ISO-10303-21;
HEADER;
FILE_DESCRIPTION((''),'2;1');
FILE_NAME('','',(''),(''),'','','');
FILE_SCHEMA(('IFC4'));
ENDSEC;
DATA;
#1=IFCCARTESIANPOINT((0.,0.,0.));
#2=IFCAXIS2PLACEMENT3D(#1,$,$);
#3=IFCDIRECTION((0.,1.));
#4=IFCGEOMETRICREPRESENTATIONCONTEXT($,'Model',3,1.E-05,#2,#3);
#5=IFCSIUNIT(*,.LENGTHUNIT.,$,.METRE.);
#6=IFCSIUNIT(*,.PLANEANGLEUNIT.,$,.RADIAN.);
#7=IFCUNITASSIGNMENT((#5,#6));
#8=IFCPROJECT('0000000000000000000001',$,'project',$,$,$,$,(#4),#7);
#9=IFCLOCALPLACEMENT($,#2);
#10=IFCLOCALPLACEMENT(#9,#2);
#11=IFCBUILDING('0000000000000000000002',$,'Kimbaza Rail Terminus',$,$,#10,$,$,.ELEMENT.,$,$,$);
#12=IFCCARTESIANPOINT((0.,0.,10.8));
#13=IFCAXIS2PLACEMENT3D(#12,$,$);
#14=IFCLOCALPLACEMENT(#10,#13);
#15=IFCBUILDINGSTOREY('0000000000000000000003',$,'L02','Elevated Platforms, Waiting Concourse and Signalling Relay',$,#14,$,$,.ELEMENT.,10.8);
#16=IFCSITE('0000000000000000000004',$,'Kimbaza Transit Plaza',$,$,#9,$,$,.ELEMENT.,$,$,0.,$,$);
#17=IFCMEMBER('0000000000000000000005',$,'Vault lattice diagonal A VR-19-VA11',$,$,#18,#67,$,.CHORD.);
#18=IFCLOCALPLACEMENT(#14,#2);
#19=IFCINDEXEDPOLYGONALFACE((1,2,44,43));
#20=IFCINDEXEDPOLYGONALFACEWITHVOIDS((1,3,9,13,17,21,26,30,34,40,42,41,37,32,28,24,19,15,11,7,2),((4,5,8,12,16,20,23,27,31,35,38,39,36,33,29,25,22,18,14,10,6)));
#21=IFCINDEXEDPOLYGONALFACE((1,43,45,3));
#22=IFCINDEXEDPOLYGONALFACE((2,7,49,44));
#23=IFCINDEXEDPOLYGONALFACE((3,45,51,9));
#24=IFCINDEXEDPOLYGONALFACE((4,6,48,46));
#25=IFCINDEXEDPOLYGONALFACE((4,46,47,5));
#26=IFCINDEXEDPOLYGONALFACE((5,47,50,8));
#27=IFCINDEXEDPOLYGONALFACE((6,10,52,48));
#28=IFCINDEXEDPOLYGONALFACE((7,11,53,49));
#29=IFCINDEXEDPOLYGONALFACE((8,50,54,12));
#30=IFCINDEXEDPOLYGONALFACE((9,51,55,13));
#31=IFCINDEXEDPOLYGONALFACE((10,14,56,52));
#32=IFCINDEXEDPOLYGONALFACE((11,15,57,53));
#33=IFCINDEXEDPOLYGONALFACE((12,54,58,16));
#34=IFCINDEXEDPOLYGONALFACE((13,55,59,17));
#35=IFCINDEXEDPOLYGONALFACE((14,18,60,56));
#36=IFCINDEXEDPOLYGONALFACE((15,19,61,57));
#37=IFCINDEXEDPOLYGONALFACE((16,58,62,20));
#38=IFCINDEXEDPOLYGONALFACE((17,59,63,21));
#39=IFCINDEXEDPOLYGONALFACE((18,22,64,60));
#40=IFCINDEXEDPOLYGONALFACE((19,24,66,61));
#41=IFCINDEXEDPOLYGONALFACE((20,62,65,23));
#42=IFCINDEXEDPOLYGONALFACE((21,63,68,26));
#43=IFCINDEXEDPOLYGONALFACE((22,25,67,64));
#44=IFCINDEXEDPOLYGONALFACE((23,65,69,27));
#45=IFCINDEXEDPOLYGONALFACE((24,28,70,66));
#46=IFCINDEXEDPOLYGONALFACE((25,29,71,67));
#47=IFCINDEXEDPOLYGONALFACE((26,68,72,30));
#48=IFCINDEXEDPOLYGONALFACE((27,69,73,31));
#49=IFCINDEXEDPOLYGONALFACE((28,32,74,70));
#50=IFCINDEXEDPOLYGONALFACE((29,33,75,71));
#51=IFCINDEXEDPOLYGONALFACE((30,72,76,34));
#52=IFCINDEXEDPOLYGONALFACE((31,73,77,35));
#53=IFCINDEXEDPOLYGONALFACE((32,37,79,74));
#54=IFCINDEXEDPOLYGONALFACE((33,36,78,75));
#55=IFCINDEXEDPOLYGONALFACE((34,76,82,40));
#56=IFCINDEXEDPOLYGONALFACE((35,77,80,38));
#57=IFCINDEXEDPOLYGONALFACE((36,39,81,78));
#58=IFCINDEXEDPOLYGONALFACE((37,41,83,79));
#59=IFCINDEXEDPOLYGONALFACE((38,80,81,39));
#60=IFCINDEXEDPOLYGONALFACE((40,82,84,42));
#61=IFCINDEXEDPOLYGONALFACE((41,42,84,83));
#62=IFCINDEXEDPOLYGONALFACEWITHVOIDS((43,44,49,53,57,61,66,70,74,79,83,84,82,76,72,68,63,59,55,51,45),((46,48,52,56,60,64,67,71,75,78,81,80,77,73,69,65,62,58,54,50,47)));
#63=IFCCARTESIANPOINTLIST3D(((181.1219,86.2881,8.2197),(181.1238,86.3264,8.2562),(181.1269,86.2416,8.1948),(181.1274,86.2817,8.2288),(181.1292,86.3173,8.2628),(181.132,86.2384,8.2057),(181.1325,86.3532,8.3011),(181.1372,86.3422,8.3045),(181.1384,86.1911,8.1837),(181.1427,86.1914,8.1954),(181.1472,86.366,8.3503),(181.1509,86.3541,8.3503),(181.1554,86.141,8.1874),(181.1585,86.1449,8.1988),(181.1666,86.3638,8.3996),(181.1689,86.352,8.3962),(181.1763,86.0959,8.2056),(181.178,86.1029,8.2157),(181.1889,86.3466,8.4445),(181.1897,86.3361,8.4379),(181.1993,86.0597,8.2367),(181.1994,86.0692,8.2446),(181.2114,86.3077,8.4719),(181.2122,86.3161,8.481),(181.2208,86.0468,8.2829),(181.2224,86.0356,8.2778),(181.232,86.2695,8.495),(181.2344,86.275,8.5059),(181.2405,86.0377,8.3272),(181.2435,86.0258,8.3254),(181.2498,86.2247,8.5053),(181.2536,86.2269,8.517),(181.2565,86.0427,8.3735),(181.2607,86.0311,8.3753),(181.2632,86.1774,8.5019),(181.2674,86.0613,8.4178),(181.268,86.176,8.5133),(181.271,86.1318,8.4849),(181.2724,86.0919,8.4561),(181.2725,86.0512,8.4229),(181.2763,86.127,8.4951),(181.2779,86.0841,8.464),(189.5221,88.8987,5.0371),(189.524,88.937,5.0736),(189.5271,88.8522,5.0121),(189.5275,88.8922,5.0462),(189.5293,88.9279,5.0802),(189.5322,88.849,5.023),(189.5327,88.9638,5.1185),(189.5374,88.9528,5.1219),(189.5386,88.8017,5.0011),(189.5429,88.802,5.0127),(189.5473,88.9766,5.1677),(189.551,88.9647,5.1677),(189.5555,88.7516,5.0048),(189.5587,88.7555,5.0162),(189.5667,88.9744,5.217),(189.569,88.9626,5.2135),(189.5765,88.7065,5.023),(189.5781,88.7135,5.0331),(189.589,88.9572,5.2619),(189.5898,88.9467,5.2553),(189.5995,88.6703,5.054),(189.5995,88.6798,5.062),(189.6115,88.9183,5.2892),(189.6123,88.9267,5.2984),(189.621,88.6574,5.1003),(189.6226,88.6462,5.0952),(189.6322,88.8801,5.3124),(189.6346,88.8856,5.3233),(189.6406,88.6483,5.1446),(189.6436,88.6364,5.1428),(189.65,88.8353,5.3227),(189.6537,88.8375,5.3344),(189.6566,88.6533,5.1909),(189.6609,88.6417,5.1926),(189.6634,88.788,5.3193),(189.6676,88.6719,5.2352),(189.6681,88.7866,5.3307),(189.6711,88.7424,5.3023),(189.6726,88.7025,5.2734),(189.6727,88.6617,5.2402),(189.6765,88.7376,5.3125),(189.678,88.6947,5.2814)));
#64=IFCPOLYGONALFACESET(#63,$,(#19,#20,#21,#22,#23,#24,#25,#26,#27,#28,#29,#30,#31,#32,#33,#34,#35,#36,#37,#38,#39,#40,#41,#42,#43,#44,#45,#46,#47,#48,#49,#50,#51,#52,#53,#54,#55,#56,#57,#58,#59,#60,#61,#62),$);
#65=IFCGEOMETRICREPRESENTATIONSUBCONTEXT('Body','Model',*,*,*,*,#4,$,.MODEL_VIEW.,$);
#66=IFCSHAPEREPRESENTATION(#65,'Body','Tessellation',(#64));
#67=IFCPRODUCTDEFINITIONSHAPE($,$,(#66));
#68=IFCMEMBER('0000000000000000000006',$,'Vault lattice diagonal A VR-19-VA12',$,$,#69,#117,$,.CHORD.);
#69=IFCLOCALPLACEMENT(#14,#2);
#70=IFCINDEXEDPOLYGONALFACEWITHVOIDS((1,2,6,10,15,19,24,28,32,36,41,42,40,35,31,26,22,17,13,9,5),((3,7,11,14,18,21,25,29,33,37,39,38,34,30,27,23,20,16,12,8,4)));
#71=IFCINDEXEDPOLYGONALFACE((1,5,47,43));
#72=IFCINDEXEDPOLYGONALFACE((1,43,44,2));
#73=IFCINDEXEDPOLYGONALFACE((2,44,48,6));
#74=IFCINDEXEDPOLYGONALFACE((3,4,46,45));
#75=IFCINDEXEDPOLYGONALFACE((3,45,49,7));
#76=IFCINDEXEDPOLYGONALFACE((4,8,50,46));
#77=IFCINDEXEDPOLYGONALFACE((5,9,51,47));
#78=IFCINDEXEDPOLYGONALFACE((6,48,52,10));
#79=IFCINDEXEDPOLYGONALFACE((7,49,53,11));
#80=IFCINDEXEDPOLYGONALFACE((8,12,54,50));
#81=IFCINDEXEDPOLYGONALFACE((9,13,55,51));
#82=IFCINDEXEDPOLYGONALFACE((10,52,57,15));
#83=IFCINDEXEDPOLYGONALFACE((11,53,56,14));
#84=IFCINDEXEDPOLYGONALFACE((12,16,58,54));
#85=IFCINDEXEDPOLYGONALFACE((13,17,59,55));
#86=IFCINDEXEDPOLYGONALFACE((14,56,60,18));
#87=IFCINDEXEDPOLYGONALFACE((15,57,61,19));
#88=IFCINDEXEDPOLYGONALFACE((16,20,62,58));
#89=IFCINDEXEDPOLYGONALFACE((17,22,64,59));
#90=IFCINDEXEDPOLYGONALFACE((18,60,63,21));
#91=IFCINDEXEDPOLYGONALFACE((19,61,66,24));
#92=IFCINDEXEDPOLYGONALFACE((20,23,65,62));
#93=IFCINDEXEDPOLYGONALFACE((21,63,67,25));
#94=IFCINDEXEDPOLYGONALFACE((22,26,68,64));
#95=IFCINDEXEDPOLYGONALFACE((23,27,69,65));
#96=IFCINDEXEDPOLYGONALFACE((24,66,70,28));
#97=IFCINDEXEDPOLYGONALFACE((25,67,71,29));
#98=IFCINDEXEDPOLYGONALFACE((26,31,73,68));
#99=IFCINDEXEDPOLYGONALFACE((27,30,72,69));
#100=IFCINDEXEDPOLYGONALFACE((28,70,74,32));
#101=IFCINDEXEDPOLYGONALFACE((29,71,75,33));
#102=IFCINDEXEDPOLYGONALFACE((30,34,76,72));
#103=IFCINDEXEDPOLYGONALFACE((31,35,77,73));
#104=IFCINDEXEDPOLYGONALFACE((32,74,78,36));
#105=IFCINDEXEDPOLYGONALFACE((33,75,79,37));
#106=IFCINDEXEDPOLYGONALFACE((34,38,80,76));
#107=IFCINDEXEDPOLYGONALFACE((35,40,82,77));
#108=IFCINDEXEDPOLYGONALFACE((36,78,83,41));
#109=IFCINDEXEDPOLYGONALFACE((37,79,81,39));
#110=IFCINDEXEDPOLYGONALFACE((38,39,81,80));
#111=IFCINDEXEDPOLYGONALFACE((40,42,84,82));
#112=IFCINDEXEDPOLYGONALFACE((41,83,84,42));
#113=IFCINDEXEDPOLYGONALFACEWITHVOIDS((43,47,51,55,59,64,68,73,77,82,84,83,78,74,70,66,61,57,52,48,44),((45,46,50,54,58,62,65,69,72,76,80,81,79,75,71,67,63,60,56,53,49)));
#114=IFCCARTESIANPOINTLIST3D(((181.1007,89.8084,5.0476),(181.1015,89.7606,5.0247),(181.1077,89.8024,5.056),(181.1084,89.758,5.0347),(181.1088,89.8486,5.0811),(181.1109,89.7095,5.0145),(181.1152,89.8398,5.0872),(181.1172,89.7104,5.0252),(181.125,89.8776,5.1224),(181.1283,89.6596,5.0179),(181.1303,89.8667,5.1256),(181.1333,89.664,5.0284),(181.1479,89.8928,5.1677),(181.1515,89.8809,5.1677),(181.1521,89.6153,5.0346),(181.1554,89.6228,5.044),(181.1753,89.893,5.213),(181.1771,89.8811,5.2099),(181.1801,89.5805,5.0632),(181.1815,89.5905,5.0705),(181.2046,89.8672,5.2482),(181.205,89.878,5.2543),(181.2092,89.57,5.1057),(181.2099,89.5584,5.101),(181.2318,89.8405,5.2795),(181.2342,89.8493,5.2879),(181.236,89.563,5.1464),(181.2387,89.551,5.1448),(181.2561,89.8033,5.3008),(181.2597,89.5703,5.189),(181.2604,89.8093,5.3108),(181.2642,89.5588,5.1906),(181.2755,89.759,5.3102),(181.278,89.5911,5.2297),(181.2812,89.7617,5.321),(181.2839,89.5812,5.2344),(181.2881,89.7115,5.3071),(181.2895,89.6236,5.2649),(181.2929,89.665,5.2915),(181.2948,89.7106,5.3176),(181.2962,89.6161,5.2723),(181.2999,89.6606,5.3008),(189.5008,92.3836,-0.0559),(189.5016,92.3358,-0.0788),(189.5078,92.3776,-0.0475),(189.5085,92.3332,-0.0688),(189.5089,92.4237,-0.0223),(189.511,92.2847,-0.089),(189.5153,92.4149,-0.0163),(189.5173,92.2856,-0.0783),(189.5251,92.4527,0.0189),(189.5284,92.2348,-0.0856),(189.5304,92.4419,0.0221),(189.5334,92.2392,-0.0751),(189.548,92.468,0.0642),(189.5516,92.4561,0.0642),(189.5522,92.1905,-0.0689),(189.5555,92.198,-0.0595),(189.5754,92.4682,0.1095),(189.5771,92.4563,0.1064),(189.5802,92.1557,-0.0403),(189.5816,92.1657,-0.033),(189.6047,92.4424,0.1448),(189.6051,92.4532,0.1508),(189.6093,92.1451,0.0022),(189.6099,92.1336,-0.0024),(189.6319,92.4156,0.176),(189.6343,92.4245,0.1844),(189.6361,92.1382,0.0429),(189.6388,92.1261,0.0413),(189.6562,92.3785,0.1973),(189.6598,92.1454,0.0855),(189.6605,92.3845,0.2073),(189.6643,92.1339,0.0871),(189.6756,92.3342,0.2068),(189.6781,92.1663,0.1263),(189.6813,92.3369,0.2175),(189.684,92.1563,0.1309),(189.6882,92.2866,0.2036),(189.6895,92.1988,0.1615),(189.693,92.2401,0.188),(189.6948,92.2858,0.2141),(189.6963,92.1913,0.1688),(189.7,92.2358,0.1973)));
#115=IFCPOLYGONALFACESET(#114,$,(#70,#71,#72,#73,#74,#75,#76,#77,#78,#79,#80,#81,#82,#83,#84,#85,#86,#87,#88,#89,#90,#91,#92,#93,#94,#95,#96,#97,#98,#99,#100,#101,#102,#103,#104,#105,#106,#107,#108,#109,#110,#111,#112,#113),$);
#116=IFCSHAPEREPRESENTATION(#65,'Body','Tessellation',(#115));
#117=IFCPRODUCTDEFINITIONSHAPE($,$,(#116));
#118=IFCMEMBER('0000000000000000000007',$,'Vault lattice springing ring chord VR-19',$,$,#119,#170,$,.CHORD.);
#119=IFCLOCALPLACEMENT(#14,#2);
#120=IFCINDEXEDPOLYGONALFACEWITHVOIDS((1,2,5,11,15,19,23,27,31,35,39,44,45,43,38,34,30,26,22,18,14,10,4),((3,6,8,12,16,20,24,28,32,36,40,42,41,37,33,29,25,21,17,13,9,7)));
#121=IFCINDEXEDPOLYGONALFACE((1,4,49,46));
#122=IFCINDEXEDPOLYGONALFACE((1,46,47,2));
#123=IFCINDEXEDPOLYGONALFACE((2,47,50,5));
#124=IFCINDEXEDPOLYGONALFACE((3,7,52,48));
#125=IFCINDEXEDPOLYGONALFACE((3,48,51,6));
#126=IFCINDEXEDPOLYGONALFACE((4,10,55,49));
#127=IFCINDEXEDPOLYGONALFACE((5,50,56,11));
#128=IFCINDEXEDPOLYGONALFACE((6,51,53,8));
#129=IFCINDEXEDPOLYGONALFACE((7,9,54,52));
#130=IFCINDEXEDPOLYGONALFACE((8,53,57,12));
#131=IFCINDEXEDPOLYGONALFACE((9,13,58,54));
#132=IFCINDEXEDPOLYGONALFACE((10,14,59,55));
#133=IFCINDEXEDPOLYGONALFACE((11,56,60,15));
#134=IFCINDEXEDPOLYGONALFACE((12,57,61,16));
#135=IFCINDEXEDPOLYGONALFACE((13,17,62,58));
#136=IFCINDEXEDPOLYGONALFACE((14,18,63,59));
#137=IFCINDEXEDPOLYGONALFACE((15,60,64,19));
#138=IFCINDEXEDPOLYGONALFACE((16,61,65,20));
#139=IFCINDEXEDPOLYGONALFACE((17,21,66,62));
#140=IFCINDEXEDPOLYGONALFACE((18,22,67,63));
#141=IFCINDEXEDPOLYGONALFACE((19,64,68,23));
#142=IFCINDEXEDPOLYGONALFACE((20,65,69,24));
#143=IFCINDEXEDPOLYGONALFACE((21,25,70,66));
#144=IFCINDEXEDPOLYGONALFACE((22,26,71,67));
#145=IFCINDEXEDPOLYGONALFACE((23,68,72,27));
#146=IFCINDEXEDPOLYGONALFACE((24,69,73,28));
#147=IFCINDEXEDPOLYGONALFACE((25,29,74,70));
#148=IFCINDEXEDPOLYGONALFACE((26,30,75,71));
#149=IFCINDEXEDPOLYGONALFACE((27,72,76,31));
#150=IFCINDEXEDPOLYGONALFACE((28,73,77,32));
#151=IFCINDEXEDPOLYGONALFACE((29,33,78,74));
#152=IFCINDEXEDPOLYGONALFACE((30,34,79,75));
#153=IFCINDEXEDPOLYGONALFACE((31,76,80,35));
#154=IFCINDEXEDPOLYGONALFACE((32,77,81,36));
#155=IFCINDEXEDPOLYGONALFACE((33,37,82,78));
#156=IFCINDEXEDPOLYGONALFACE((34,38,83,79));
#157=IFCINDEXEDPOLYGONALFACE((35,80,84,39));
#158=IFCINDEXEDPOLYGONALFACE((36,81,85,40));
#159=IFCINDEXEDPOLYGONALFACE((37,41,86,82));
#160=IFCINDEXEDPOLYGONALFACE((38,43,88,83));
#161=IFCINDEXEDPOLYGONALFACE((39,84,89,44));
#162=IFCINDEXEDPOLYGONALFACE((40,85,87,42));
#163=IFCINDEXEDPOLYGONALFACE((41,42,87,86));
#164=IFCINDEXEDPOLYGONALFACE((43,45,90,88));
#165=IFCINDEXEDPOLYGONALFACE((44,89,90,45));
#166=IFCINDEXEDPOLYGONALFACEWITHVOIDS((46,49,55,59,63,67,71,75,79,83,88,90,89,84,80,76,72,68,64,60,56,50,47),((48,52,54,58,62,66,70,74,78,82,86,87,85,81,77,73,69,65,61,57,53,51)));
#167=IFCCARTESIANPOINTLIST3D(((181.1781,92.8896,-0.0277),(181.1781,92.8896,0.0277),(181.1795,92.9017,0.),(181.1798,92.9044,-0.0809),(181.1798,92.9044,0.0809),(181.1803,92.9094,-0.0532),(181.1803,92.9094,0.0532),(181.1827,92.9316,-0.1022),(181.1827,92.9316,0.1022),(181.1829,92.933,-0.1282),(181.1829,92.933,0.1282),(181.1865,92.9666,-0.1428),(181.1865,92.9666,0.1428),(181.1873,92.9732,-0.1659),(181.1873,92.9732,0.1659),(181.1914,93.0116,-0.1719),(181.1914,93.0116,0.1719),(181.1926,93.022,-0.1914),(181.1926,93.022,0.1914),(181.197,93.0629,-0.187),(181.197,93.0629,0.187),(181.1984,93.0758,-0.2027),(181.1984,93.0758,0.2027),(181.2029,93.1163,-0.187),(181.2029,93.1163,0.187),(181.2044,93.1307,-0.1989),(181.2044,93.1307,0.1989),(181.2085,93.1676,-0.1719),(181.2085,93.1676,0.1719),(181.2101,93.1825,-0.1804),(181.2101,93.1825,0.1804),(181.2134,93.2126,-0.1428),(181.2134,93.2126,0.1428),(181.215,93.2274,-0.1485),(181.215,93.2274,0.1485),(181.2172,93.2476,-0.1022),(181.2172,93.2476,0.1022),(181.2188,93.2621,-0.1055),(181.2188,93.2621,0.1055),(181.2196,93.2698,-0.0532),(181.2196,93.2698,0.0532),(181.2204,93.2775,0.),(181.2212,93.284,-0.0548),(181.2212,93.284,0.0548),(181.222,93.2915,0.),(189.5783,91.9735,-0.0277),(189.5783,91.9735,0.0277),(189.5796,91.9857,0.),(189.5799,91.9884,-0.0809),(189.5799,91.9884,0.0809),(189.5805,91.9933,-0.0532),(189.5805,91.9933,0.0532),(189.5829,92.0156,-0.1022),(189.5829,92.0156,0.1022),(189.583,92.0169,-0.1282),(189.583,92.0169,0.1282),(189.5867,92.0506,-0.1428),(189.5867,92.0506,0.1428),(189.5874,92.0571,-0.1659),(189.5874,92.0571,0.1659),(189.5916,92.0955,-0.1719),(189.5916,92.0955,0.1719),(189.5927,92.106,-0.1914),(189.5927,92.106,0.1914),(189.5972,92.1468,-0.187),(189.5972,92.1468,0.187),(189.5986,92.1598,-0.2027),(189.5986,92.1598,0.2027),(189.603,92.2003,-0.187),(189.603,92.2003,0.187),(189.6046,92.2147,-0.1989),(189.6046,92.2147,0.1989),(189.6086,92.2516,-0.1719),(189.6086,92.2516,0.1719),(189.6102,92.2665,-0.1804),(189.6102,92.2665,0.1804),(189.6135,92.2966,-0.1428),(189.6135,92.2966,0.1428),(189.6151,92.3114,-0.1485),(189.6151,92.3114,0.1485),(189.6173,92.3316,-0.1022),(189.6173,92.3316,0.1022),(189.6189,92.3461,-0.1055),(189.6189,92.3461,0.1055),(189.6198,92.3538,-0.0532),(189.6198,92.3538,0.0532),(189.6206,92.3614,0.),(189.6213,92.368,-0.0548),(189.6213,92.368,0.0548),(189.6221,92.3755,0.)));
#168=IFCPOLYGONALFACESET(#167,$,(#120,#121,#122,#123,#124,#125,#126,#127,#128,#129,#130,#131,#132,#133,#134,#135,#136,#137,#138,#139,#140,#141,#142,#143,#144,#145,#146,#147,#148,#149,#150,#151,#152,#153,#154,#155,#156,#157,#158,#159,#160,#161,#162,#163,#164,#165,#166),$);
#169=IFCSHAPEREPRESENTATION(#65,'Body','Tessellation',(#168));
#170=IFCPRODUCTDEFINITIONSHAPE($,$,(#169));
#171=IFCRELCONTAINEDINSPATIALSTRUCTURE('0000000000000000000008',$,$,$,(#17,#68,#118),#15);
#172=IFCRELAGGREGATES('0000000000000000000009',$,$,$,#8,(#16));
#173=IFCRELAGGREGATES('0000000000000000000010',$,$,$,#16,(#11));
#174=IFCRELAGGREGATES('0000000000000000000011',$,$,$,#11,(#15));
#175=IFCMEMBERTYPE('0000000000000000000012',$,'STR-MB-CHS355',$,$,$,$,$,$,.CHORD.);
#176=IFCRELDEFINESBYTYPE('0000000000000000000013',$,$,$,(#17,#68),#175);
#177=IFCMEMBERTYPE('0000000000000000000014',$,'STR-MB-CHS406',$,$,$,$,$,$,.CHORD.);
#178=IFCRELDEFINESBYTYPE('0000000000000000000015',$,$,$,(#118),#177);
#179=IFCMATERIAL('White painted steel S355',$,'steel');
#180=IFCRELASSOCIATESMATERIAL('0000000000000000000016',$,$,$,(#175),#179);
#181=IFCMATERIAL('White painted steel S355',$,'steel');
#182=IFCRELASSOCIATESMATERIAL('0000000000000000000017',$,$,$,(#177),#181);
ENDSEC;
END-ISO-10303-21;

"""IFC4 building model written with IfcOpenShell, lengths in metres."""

from ifc_helpers import new_model, si_unit, direction, frame, origin, origin_2d, place, context, subcontext, project, spatial, hollow_circle, extrude, material, material_profile, profile_set, type_object, element, save


model = new_model("IFC4")

# Units and contexts
model_context = context("Model", 3, precision=1e-05, world=origin(), true_north=direction((0.0, 1.0)))
body_context = subcontext(model_context, "Body", "Model", "MODEL_VIEW")
ifc_project = project(units=[si_unit("LENGTHUNIT", "METRE"), si_unit("PLANEANGLEUNIT", "RADIAN")], contexts=[model_context])

# Site, building, storey
site_placement = place(None, origin())
site = spatial("IfcSite", under=ifc_project, at=site_placement, Name="Kimbaza Transit Plaza", CompositionType="ELEMENT", RefElevation=0.0)
building_placement = place(site_placement, origin())
building = spatial("IfcBuilding", under=site, at=building_placement, Name="Kimbaza Rail Terminus", CompositionType="ELEMENT")
storey_placement = place(building_placement, frame((0.0, 0.0, 10.8)))
storey = spatial("IfcBuildingStorey", under=building, at=storey_placement, Name="L02", Description="Elevated Platforms, Waiting Concourse and Signalling Relay", CompositionType="ELEMENT", Elevation=10.8)

# Members
ifc_material_1 = material(Name="White painted steel S355", Category="steel")
ifc_material_profile_1 = material_profile(ifc_material_1, hollow_circle(Radius=0.1777, WallThickness=0.0125, at=origin_2d()), Name="CHS 355.6x12.5")
ifc_profile_set_1 = profile_set([ifc_material_profile_1], Name="White painted steel S355")
member_type_1 = type_object("IfcMemberType", Name="STR-MB-CHS355", PredefinedType="CHORD", material=ifc_profile_set_1)
member_1_placement = place(storey_placement, frame((181.2, 86.1963, 8.3503), z_axis=(0.897979, 0.279074, -0.340223), x_axis=(-0.296778, 0.954946, 0.0)))
element("IfcMember", 1, at=member_1_placement, inside=storey, type_object=member_type_1, Name="Vault lattice diagonal A VR-19-VA11", PredefinedType="CHORD", context=body_context, shape_type="SweptSolid", body=[
    extrude(hollow_circle(Radius=0.1777, WallThickness=0.0125, at=origin_2d()), origin(), (0.0, 0.0, 1.0), 9.3545),
])
member_2_placement = place(storey_placement, frame((181.2, 89.7229, 5.1677), z_axis=(0.826729, 0.253446, -0.50228), x_axis=(-0.293102, 0.956081, 0.0)))
element("IfcMember", 2, at=member_2_placement, inside=storey, type_object=member_type_1, Name="Vault lattice diagonal A VR-19-VA12", PredefinedType="CHORD", context=body_context, shape_type="SweptSolid", body=[
    extrude(hollow_circle(Radius=0.1777, WallThickness=0.0125, at=origin_2d()), origin(), (0.0, 0.0, 1.0), 10.1606),
])
ifc_material_2 = material(Name="White painted steel S355", Category="steel")
ifc_material_profile_2 = material_profile(ifc_material_2, hollow_circle(Radius=0.2031, WallThickness=0.0142, at=origin_2d()), Name="CHS 406.4x14.2")
ifc_profile_set_2 = profile_set([ifc_material_profile_2], Name="White painted steel S355")
member_type_2 = type_object("IfcMemberType", Name="STR-MB-CHS406", PredefinedType="CHORD", material=ifc_profile_set_2)
member_3_placement = place(storey_placement, frame((181.2, 93.0896, 0.0), z_axis=(0.994107, -0.108405, 0.0), x_axis=(0.108405, 0.994107, 0.0)))
element("IfcMember", 3, at=member_3_placement, inside=storey, type_object=member_type_2, Name="Vault lattice springing ring chord VR-19", PredefinedType="CHORD", context=body_context, shape_type="SweptSolid", body=[
    extrude(hollow_circle(Radius=0.2031, WallThickness=0.0142, at=origin_2d()), origin(), (0.0, 0.0, 1.0), 8.45),
])

save(model, "model.ifc")
